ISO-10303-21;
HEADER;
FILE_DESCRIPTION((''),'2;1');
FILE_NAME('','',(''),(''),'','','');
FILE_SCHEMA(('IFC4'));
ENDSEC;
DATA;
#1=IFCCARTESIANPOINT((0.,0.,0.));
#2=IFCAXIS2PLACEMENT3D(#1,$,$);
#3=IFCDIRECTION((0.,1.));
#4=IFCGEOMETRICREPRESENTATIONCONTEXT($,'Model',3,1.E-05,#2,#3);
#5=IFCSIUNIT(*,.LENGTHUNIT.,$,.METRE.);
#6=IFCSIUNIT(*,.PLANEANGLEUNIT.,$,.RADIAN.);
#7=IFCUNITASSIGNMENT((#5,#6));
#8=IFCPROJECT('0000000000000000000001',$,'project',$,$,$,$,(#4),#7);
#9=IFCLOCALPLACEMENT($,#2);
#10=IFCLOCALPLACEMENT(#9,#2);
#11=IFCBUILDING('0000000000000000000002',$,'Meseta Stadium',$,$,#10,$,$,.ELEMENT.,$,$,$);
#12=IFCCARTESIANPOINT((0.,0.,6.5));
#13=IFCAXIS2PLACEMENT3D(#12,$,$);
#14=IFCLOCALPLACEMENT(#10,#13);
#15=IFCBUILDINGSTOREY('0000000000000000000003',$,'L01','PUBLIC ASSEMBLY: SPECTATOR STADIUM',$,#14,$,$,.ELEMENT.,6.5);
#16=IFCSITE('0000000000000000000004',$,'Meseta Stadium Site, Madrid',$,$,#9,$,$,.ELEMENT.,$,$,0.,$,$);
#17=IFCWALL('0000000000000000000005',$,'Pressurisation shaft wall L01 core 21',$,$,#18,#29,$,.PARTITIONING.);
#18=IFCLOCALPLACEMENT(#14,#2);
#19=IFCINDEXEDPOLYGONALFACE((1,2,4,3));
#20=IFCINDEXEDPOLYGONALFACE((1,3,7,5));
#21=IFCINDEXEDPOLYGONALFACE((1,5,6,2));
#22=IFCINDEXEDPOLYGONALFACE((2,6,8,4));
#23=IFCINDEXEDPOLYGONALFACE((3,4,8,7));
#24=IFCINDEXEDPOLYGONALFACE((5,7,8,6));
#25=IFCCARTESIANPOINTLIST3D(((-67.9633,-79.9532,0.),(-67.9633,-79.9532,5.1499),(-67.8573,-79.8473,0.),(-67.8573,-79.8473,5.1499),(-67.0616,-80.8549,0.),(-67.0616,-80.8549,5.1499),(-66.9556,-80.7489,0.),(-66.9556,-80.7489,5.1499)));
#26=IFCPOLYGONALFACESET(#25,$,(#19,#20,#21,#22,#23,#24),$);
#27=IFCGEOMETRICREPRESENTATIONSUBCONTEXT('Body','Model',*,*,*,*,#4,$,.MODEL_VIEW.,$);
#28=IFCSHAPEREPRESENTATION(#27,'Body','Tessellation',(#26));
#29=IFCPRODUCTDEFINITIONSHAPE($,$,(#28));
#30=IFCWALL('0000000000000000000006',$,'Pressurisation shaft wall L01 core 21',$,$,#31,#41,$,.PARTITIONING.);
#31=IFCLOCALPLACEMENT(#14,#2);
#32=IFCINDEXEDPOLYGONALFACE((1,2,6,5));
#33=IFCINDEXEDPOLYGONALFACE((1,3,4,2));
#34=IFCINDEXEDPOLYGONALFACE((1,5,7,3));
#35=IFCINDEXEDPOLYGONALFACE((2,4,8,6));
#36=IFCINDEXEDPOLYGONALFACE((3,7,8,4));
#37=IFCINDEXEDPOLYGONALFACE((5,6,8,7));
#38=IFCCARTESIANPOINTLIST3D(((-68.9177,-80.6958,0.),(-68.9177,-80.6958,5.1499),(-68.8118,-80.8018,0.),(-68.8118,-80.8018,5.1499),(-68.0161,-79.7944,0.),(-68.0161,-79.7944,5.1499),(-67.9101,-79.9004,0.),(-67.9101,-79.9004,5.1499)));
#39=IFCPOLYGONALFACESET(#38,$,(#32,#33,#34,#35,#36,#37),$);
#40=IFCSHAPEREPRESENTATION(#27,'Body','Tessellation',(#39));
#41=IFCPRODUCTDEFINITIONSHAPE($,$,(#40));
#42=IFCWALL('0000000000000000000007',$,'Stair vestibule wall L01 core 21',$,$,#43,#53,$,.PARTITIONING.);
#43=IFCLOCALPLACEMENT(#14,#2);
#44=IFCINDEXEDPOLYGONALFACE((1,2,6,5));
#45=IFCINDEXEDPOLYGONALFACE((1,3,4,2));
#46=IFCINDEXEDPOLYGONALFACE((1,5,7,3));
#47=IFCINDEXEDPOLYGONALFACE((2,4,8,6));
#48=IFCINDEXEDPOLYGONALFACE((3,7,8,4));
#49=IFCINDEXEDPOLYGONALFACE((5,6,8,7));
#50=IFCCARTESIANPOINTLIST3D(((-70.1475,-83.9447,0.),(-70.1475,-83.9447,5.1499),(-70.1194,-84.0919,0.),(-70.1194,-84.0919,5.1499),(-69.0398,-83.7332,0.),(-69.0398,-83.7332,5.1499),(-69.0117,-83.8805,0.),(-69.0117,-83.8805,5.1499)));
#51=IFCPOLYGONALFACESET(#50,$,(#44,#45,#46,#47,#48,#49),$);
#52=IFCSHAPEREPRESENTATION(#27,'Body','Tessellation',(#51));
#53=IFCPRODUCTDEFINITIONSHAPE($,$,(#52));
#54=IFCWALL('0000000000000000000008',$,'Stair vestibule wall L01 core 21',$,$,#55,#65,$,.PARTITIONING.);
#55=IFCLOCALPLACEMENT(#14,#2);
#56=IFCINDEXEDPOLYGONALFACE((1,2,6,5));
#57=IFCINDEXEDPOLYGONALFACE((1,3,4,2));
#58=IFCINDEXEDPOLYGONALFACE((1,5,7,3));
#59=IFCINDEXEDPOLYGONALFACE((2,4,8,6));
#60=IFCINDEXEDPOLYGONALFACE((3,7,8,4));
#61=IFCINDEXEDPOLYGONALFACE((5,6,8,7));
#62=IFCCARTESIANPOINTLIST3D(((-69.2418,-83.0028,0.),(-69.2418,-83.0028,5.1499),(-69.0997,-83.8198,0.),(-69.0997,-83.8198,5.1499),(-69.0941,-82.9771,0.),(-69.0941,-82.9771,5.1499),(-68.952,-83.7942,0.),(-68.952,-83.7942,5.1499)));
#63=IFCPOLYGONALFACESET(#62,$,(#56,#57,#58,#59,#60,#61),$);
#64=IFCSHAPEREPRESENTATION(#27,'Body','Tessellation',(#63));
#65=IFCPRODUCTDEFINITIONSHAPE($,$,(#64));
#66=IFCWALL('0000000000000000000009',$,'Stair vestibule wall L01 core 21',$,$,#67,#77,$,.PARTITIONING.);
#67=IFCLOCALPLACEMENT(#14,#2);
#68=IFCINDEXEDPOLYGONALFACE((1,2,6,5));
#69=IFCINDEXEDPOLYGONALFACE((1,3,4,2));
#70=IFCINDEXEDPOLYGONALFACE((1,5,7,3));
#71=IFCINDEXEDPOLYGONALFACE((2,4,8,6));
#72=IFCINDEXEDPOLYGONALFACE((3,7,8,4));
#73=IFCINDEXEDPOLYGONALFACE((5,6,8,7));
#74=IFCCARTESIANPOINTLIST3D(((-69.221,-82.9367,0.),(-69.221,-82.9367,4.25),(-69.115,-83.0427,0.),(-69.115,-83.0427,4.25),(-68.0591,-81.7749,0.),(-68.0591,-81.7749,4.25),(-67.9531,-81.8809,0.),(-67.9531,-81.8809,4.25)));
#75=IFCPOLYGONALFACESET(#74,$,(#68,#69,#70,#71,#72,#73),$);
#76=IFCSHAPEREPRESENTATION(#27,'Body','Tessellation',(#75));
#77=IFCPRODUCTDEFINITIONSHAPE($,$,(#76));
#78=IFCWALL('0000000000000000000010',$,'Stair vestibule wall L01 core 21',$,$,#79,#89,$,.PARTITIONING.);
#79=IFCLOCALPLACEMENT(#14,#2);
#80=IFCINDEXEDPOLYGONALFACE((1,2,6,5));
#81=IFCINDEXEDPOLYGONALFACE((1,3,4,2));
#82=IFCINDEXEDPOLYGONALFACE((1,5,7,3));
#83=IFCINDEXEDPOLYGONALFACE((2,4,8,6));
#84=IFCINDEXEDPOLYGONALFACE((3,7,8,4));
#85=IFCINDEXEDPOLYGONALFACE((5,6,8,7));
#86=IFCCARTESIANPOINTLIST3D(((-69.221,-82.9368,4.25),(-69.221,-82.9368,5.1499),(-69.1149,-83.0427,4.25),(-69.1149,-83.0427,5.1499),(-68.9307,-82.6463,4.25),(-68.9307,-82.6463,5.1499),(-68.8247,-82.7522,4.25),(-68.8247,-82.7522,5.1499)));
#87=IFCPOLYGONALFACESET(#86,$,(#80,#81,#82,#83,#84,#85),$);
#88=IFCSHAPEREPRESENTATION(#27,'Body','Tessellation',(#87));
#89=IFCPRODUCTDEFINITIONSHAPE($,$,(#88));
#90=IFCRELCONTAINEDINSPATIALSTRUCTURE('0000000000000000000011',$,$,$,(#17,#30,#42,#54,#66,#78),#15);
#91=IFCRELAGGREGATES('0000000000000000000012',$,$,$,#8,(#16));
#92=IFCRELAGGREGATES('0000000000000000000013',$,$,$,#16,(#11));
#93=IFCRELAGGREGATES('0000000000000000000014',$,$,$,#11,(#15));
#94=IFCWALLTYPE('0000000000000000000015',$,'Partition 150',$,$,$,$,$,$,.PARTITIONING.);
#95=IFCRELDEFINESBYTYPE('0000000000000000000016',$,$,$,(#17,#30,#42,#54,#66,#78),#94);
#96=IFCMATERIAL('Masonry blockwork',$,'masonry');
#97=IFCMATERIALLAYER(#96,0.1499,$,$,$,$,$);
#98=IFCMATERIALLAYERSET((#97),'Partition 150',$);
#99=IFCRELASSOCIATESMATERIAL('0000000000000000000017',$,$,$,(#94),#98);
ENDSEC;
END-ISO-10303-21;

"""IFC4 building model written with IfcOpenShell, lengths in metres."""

from ifc_helpers import new_model, si_unit, direction, frame, frame_2d, origin, place, context, subcontext, project, spatial, rectangle, extrude, material, layer, layer_set, type_object, element, save


model = new_model("IFC4")

# Units and contexts
model_context = context("Model", 3, precision=1e-05, world=origin(), true_north=direction((0.0, 1.0)))
body_context = subcontext(model_context, "Body", "Model", "MODEL_VIEW")
ifc_project = project(units=[si_unit("LENGTHUNIT", "METRE"), si_unit("PLANEANGLEUNIT", "RADIAN")], contexts=[model_context])

# Site, building, storey
site_placement = place(None, origin())
site = spatial("IfcSite", under=ifc_project, at=site_placement, Name="Meseta Stadium Site, Madrid", CompositionType="ELEMENT", RefElevation=0.0)
building_placement = place(site_placement, origin())
building = spatial("IfcBuilding", under=site, at=building_placement, Name="Meseta Stadium", CompositionType="ELEMENT")
storey_placement = place(building_placement, frame((0.0, 0.0, 6.5)))
storey = spatial("IfcBuildingStorey", under=building, at=storey_placement, Name="L01", Description="PUBLIC ASSEMBLY: SPECTATOR STADIUM", CompositionType="ELEMENT", Elevation=6.5)

# Walls
ifc_material_1 = material(Name="Masonry blockwork", Category="masonry")
ifc_layer_1 = layer(ifc_material_1, 0.1499)
ifc_layer_set_1 = layer_set([ifc_layer_1], Name="Partition 150")
wall_type_1 = type_object("IfcWallType", Name="Partition 150", PredefinedType="PARTITIONING", material=ifc_layer_set_1)
for number, where, z_axis, x_axis, name in (
    (1, (-67.0085, -80.802, 0.0), (0.0, 0.0, 1.0), (-0.707107, 0.707107, 0.0), "Pressurisation shaft wall L01 core 21"),
):
    element("IfcWall", number, at=place(storey_placement, frame(where, z_axis=z_axis, x_axis=x_axis)), inside=storey, type_object=wall_type_1, Name=name, PredefinedType="PARTITIONING", context=body_context, shape_type="SweptSolid", body=[
        extrude(rectangle(XDim=1.2751, YDim=0.1499, at=frame_2d((0.6377, 0.0))), origin(), (0.0, 0.0, 1.0), 5.1499),
    ])
wall_1_placement = place(storey_placement, frame((-67.9631, -79.8474, 0.0), z_axis=(0.0, 0.0, 1.0), x_axis=(-0.707203, -0.707011, 0.0)))
element("IfcWall", 2, at=wall_1_placement, inside=storey, type_object=wall_type_1, Name="Pressurisation shaft wall L01 core 21", PredefinedType="PARTITIONING", context=body_context, shape_type="SweptSolid", body=[
    extrude(rectangle(XDim=1.2749, YDim=0.1499, at=frame_2d((0.6375, 0.0))), origin(), (0.0, 0.0, 1.0), 5.1499),
])
wall_2_placement = place(storey_placement, frame((-70.1335, -84.0183, 0.0), z_axis=(0.0, 0.0, 1.0), x_axis=(0.982266, 0.18749, 0.0)))
element("IfcWall", 3, at=wall_2_placement, inside=storey, type_object=wall_type_1, Name="Stair vestibule wall L01 core 21", PredefinedType="PARTITIONING", context=body_context, shape_type="SweptSolid", body=[
    extrude(rectangle(XDim=1.1277, YDim=0.1499, at=frame_2d((0.564, 0.0))), origin(), (0.0, 0.0, 1.0), 5.1499),
])
wall_3_placement = place(storey_placement, frame((-69.0259, -83.8069, 0.0), z_axis=(0.0, 0.0, 1.0), x_axis=(-0.171316, 0.985216, 0.0)))
element("IfcWall", 4, at=wall_3_placement, inside=storey, type_object=wall_type_1, Name="Stair vestibule wall L01 core 21", PredefinedType="PARTITIONING", context=body_context, shape_type="SweptSolid", body=[
    extrude(rectangle(XDim=0.8293, YDim=0.1499, at=frame_2d((0.4146, 0.0))), origin(), (0.0, 0.0, 1.0), 5.1499),
])
wall_4_placement = place(storey_placement, frame((-69.168, -82.9897, 0.0), z_axis=(0.0, 0.0, 1.0), x_axis=(0.707107, 0.707107, 0.0)))
element("IfcWall", 5, at=wall_4_placement, inside=storey, type_object=wall_type_1, Name="Stair vestibule wall L01 core 21", PredefinedType="PARTITIONING", context=body_context, shape_type="SweptSolid", body=[
    extrude(rectangle(XDim=1.6431, YDim=0.1499, at=frame_2d((0.8215, 0.0))), origin(), (0.0, 0.0, 1.0), 4.25),
])
wall_5_placement = place(storey_placement, frame((-69.168, -82.9897, 4.25), z_axis=(0.0, 0.0, 1.0), x_axis=(0.706809, 0.707404, 0.0)))
element("IfcWall", 6, at=wall_5_placement, inside=storey, type_object=wall_type_1, Name="Stair vestibule wall L01 core 21", PredefinedType="PARTITIONING", context=body_context, shape_type="SweptSolid", body=[
    extrude(rectangle(XDim=0.4106, YDim=0.1499, at=frame_2d((0.2053, 0.0))), origin(), (0.0, 0.0, 1.0), 0.8999),
])

save(model, "model.ifc")
